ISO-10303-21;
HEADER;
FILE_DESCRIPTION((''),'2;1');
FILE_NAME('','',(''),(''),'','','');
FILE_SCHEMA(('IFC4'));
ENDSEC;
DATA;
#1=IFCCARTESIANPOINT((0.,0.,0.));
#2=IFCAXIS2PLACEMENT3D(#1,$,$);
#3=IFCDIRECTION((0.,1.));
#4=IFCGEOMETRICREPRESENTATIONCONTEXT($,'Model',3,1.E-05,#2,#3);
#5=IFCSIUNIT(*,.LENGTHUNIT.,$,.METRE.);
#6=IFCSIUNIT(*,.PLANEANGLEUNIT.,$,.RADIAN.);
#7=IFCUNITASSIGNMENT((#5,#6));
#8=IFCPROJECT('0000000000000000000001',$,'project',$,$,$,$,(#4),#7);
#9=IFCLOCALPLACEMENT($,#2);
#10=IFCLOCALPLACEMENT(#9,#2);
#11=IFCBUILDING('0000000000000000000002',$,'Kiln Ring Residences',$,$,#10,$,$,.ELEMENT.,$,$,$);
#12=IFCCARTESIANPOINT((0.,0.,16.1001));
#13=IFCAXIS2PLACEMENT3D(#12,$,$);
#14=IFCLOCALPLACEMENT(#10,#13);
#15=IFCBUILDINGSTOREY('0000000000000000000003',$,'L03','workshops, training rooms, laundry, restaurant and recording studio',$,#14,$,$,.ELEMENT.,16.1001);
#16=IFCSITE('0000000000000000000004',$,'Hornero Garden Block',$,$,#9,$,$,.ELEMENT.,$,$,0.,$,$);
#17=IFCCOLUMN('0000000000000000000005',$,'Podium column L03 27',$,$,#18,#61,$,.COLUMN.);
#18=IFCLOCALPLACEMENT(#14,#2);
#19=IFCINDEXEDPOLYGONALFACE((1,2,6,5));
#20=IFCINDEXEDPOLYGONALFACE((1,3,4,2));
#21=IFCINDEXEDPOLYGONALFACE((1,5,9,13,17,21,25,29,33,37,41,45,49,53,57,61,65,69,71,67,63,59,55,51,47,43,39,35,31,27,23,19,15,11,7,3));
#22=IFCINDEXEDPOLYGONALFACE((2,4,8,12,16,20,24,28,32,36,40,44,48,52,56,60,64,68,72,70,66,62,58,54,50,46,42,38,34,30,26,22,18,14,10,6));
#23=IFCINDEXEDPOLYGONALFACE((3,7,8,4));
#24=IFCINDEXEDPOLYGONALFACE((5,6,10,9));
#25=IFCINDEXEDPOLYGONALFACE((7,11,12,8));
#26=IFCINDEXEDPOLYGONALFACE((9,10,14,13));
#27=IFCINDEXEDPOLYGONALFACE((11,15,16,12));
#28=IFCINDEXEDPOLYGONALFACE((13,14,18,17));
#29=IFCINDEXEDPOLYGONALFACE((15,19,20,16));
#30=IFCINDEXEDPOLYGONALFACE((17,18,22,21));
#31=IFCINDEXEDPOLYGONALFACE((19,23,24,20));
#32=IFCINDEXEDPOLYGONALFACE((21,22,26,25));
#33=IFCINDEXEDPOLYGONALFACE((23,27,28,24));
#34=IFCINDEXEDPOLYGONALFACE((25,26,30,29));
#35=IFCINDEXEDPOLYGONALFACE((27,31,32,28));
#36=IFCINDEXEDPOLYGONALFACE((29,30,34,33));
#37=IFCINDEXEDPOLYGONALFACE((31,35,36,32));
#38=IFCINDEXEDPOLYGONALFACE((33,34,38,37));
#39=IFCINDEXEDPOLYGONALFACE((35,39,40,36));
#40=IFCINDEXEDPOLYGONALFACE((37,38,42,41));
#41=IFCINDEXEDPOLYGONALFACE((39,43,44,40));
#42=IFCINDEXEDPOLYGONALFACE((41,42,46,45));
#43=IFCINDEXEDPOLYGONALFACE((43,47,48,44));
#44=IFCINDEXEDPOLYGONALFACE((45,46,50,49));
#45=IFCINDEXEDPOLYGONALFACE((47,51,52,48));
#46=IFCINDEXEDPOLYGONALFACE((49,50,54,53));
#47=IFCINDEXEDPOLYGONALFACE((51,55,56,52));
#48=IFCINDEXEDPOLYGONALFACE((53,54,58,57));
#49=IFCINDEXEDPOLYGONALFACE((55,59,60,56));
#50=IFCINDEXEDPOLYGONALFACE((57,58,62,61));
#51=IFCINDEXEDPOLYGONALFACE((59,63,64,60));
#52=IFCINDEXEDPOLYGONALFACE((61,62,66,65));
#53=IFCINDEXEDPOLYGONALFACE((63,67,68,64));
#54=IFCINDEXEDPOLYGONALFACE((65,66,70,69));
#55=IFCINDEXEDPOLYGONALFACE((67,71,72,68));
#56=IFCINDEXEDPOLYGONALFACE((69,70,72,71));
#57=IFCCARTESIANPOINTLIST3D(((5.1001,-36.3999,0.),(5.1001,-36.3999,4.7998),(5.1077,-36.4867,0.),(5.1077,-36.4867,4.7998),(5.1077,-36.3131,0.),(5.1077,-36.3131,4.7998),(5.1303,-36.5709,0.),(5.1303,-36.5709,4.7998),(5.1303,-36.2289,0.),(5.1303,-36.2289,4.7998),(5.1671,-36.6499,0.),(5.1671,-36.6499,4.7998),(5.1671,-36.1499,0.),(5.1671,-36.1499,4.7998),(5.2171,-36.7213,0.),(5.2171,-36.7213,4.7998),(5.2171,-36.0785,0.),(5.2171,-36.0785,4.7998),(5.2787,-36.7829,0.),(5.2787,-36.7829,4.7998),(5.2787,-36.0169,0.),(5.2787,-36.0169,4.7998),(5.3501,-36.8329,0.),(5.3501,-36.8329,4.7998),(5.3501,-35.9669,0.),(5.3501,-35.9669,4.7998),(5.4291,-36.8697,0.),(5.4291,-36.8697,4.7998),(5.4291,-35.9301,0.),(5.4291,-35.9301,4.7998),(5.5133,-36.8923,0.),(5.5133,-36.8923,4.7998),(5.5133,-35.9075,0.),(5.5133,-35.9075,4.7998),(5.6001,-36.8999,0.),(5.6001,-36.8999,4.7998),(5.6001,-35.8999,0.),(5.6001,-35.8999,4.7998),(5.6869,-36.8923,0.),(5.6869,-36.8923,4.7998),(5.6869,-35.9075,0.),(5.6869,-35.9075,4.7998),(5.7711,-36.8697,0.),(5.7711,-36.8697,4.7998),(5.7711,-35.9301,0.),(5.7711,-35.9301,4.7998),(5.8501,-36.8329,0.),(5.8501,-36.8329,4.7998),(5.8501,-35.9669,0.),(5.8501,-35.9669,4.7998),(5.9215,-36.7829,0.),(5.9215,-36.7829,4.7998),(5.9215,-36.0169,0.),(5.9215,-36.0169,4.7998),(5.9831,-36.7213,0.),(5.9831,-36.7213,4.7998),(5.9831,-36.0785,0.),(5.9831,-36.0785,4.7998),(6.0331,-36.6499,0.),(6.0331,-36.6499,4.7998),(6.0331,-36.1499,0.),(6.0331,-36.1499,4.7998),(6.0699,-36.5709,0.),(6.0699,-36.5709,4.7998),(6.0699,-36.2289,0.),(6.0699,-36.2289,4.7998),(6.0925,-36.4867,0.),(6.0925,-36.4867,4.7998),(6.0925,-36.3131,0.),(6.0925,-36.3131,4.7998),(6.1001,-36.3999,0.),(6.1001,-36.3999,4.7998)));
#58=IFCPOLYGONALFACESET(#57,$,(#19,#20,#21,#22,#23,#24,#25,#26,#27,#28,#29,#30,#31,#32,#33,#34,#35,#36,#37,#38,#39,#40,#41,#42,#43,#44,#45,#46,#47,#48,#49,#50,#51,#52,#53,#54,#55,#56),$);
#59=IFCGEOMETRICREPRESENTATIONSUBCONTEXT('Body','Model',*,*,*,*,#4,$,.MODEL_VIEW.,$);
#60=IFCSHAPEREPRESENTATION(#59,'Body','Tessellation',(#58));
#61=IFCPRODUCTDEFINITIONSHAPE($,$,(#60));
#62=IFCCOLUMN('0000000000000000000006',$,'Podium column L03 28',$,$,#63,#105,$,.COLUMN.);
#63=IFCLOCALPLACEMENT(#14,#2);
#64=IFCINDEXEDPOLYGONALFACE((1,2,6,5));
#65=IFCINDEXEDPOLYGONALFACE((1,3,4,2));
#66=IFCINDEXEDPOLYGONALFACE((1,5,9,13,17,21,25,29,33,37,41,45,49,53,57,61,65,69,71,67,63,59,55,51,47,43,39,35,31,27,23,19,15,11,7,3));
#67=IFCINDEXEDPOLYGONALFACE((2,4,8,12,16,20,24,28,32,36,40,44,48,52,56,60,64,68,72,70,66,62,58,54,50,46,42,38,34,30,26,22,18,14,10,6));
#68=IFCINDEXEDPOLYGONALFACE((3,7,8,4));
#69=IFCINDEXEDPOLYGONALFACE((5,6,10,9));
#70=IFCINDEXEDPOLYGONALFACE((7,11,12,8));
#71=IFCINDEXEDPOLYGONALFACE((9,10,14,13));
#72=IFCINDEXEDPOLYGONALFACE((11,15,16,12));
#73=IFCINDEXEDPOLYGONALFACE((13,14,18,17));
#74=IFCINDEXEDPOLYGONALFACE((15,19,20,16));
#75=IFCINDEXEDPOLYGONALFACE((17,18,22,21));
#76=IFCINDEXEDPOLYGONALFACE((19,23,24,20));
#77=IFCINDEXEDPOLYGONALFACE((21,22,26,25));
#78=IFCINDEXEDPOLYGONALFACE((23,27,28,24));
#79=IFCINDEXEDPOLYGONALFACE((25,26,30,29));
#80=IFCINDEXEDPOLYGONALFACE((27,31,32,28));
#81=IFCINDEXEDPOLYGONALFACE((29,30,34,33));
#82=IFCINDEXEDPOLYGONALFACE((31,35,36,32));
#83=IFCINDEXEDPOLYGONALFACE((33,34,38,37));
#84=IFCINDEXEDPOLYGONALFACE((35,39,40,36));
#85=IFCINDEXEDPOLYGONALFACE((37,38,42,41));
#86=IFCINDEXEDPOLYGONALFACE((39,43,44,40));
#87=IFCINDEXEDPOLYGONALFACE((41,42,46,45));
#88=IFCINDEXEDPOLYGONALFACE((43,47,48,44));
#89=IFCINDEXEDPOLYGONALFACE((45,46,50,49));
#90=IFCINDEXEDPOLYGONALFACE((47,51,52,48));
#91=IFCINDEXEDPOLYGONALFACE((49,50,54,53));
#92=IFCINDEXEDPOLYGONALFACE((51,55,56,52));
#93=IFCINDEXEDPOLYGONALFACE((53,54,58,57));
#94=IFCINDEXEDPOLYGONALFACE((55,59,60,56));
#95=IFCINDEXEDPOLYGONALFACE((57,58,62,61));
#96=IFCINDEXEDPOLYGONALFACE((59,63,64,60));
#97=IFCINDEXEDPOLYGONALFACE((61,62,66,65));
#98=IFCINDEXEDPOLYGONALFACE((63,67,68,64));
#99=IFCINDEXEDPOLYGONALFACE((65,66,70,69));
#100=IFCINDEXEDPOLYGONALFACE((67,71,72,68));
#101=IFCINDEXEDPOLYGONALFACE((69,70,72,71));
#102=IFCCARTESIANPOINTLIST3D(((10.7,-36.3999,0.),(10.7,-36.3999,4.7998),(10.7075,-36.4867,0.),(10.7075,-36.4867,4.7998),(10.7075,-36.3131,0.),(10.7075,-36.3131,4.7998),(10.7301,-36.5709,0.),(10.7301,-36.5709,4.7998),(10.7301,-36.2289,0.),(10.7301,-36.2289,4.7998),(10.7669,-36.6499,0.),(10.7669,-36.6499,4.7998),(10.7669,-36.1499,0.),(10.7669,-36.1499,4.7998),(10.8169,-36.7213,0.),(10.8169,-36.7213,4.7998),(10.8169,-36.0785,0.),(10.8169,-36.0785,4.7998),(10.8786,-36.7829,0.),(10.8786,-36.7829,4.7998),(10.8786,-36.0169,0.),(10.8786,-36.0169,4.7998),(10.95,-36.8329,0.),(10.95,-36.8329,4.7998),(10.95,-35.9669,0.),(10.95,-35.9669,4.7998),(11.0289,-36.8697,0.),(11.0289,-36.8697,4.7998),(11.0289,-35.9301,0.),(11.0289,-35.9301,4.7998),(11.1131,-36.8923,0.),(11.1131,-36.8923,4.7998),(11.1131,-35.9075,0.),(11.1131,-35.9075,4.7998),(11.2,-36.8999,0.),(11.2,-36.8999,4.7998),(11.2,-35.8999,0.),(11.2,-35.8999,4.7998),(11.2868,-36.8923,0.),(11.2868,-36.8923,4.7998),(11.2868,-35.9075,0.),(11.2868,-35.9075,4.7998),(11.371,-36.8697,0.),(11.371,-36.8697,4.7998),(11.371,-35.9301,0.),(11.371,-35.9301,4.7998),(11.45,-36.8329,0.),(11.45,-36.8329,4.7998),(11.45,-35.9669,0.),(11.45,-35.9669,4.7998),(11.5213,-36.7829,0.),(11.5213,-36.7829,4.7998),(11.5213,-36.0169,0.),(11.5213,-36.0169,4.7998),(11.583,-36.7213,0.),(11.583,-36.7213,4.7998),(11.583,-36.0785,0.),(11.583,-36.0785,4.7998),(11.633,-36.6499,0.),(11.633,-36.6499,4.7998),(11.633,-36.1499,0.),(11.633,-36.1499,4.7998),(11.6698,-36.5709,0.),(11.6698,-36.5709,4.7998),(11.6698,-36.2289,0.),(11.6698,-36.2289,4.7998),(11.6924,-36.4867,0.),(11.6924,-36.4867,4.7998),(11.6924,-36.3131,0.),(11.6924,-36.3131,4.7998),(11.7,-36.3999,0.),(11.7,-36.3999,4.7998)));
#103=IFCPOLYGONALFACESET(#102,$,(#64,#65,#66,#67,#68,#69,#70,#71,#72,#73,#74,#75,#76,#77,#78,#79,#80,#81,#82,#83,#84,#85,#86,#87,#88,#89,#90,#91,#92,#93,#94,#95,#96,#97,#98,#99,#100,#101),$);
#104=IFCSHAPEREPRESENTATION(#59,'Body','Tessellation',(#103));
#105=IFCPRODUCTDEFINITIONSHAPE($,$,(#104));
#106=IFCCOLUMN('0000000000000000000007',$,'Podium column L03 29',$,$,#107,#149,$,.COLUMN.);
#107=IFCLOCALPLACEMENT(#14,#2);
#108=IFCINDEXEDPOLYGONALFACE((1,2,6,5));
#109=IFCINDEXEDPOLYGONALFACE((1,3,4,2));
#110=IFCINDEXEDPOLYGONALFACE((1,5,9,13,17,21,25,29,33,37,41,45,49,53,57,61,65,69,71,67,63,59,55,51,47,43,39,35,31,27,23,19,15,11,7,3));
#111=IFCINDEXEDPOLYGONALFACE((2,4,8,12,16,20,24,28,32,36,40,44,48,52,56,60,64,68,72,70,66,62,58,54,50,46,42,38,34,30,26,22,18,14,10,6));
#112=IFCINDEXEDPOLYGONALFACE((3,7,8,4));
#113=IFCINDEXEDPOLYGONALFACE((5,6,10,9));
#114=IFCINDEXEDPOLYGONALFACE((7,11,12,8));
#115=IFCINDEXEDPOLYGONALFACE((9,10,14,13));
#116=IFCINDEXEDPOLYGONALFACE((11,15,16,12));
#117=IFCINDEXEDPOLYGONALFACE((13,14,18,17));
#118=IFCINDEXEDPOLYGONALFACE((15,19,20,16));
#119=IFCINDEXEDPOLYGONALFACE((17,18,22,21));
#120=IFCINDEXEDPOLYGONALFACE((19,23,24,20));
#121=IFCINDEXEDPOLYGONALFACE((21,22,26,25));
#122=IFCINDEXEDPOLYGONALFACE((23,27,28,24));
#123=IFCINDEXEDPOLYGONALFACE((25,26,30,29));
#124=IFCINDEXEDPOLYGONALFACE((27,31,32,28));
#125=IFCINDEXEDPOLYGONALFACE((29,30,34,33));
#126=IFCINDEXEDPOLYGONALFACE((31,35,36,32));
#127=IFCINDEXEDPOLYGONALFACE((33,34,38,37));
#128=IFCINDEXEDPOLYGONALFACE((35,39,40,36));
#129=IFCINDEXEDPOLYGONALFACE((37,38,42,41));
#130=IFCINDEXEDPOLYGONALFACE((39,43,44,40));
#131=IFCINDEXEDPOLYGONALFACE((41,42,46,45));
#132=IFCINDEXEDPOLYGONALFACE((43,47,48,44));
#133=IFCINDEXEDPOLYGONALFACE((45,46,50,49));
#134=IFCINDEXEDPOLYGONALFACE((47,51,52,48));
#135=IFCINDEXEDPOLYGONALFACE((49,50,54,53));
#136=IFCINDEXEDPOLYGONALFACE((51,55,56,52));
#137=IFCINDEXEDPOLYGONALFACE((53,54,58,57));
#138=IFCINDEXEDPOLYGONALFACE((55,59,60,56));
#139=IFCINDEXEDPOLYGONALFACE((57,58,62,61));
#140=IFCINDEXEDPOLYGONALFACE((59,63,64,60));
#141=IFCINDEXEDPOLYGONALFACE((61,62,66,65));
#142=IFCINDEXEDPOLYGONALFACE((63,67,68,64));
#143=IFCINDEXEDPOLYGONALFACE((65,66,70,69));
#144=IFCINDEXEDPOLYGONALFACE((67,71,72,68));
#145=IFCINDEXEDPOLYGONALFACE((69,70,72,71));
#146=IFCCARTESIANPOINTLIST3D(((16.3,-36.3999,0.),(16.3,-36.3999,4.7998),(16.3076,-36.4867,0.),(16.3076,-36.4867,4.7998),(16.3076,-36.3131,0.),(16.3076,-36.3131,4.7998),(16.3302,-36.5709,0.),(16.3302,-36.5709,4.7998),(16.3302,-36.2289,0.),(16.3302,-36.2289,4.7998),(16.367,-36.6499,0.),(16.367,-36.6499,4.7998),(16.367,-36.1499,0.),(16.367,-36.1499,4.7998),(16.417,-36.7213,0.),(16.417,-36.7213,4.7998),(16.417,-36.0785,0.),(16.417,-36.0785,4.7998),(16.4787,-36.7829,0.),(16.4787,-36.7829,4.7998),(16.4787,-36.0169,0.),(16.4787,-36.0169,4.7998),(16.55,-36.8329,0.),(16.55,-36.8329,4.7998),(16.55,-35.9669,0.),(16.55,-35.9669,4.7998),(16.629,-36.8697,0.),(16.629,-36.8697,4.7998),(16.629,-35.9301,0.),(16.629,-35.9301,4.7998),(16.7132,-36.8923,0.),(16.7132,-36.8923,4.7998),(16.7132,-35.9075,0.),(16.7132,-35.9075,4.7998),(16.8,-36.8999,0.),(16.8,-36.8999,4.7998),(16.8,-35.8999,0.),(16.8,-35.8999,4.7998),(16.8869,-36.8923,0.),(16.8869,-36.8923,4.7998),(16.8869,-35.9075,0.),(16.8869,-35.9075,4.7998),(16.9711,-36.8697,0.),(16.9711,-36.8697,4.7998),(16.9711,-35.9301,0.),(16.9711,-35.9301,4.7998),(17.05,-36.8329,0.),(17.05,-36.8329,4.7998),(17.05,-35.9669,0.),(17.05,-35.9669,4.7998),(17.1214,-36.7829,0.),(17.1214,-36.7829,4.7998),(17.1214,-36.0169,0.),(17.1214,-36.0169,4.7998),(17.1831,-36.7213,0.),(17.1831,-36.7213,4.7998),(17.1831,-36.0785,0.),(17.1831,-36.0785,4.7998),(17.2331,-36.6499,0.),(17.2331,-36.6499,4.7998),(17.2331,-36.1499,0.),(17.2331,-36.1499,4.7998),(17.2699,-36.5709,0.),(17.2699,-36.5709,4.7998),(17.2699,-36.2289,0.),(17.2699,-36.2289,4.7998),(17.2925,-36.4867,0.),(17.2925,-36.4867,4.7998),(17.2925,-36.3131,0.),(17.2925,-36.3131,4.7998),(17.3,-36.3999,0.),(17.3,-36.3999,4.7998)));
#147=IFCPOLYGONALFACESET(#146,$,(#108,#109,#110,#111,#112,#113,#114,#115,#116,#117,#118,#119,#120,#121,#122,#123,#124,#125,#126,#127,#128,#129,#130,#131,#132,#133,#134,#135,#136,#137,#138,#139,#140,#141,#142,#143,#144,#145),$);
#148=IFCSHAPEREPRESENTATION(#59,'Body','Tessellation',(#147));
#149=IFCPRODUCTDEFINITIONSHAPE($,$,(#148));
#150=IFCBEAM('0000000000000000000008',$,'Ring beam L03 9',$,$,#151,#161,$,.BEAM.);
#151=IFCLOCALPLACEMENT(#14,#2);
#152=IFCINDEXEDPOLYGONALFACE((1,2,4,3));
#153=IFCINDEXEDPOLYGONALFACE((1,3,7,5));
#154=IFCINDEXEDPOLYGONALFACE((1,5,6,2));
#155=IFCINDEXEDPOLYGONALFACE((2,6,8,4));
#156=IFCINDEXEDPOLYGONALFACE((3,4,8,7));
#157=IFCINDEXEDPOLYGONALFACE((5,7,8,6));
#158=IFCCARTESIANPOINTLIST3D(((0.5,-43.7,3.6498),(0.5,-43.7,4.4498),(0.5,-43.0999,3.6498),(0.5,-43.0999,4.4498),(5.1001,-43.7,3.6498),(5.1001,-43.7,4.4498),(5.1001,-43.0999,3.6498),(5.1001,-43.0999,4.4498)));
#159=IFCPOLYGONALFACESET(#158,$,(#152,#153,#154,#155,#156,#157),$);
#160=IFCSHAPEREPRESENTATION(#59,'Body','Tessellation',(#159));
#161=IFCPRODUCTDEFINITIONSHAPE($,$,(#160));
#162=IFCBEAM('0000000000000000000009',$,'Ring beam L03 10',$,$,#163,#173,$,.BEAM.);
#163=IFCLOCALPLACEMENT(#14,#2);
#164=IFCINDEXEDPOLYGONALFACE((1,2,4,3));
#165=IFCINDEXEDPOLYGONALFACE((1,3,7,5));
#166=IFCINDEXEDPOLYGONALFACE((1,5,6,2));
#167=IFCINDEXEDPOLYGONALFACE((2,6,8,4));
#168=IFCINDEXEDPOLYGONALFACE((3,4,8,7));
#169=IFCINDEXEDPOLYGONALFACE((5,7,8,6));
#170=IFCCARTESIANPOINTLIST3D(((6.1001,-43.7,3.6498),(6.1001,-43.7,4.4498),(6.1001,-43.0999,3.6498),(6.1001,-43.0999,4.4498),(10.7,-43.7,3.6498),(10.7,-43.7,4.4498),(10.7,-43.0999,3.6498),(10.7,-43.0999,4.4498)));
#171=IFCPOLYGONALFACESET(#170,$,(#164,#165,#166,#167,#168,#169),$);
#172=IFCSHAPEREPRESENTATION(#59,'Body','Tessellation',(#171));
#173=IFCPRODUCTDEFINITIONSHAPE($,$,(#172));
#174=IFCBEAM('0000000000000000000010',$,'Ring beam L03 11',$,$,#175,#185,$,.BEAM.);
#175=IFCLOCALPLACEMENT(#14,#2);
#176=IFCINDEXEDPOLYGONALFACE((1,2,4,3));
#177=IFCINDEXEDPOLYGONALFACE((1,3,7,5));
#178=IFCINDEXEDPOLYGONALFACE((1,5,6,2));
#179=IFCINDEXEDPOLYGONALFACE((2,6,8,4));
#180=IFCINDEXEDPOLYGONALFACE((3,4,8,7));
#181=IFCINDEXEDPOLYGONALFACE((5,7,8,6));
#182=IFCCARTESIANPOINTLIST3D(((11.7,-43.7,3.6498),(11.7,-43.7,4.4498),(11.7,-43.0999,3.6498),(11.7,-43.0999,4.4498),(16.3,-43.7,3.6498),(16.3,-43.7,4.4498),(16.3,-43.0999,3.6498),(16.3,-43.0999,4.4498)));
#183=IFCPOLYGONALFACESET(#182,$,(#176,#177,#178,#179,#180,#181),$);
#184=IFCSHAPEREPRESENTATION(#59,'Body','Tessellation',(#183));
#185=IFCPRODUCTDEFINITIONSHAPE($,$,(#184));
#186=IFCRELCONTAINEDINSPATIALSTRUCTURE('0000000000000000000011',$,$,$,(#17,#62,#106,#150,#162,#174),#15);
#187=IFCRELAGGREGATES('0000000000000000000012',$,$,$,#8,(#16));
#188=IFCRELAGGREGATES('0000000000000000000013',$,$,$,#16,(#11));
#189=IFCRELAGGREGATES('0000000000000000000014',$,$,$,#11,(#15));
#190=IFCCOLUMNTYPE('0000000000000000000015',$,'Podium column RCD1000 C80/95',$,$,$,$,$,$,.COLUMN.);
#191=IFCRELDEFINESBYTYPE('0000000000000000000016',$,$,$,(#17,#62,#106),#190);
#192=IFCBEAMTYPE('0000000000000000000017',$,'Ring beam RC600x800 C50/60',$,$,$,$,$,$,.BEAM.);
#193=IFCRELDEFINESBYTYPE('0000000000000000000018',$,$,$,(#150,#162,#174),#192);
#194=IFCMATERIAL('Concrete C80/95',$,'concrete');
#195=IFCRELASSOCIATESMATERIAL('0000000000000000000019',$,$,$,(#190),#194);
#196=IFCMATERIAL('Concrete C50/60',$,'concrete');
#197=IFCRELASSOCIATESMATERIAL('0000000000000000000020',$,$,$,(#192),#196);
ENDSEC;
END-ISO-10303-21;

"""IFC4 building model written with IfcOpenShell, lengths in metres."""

from ifc_helpers import new_model, si_unit, direction, frame, origin, origin_2d, place, context, subcontext, project, spatial, rectangle, circle, extrude, material, material_profile, profile_set, type_object, element, save


model = new_model("IFC4")

# Units and contexts
model_context = context("Model", 3, precision=1e-05, world=origin(), true_north=direction((0.0, 1.0)))
body_context = subcontext(model_context, "Body", "Model", "MODEL_VIEW")
ifc_project = project(units=[si_unit("LENGTHUNIT", "METRE"), si_unit("PLANEANGLEUNIT", "RADIAN")], contexts=[model_context])

# Site, building, storey
site_placement = place(None, origin())
site = spatial("IfcSite", under=ifc_project, at=site_placement, Name="Hornero Garden Block", CompositionType="ELEMENT", RefElevation=0.0)
building_placement = place(site_placement, origin())
building = spatial("IfcBuilding", under=site, at=building_placement, Name="Kiln Ring Residences", CompositionType="ELEMENT")
storey_placement = place(building_placement, frame((0.0, 0.0, 16.1001)))
storey = spatial("IfcBuildingStorey", under=building, at=storey_placement, Name="L03", Description="workshops, training rooms, laundry, restaurant and recording studio", CompositionType="ELEMENT", Elevation=16.1001)

# Columns
ifc_material_1 = material(Name="Concrete C80/95", Category="concrete")
ifc_material_profile_1 = material_profile(ifc_material_1, circle(Radius=0.5, at=origin_2d()), Name="RCD1000")
ifc_profile_set_1 = profile_set([ifc_material_profile_1], Name="Concrete C80/95")
column_type_1 = type_object("IfcColumnType", Name="Podium column RCD1000 C80/95", PredefinedType="COLUMN", material=ifc_profile_set_1)
for number, where, z_axis, x_axis, name in (
    (1, (5.6001, -36.3999, 0.0), (0.0, 0.0, 1.0), (1.0, 0.0, 0.0), "Podium column L03 27"),
    (2, (11.2, -36.3999, 0.0), (0.0, 0.0, 1.0), (1.0, 0.0, 0.0), "Podium column L03 28"),
    (3, (16.8, -36.3999, 0.0), (0.0, 0.0, 1.0), (1.0, 0.0, 0.0), "Podium column L03 29"),
):
    element("IfcColumn", number, at=place(storey_placement, frame(where, z_axis=z_axis, x_axis=x_axis)), inside=storey, type_object=column_type_1, Name=name, PredefinedType="COLUMN", context=body_context, shape_type="SweptSolid", body=[
        extrude(circle(Radius=0.5, at=origin_2d()), origin(), (0.0, 0.0, 1.0), 4.7998),
    ])

# Beams
ifc_material_2 = material(Name="Concrete C50/60", Category="concrete")
ifc_material_profile_2 = material_profile(ifc_material_2, rectangle(XDim=0.6001, YDim=0.8, at=origin_2d()), Name="RC600x800")
ifc_profile_set_2 = profile_set([ifc_material_profile_2], Name="Concrete C50/60")
beam_type = type_object("IfcBeamType", Name="Ring beam RC600x800 C50/60", PredefinedType="BEAM", material=ifc_profile_set_2)
beam_1_placement = place(storey_placement, frame((0.5, -43.3999, 4.0498), z_axis=(1.0, 0.0, 0.0), x_axis=(0.0, 1.0, 0.0)))
element("IfcBeam", 4, at=beam_1_placement, inside=storey, type_object=beam_type, Name="Ring beam L03 9", PredefinedType="BEAM", context=body_context, shape_type="SweptSolid", body=[
    extrude(rectangle(XDim=0.6001, YDim=0.8, at=origin_2d()), origin(), (0.0, 0.0, 1.0), 4.6001),
])
beam_2_placement = place(storey_placement, frame((6.1001, -43.3999, 4.0498), z_axis=(1.0, 0.0, 0.0), x_axis=(0.0, 1.0, 0.0)))
element("IfcBeam", 5, at=beam_2_placement, inside=storey, type_object=beam_type, Name="Ring beam L03 10", PredefinedType="BEAM", context=body_context, shape_type="SweptSolid", body=[
    extrude(rectangle(XDim=0.6001, YDim=0.8, at=origin_2d()), origin(), (0.0, 0.0, 1.0), 4.5999),
])
beam_3_placement = place(storey_placement, frame((11.7, -43.3999, 4.0498), z_axis=(1.0, 0.0, 0.0), x_axis=(0.0, 1.0, 0.0)))
element("IfcBeam", 6, at=beam_3_placement, inside=storey, type_object=beam_type, Name="Ring beam L03 11", PredefinedType="BEAM", context=body_context, shape_type="SweptSolid", body=[
    extrude(rectangle(XDim=0.6001, YDim=0.8, at=origin_2d()), origin(), (0.0, 0.0, 1.0), 4.6001),
])

save(model, "model.ifc")
